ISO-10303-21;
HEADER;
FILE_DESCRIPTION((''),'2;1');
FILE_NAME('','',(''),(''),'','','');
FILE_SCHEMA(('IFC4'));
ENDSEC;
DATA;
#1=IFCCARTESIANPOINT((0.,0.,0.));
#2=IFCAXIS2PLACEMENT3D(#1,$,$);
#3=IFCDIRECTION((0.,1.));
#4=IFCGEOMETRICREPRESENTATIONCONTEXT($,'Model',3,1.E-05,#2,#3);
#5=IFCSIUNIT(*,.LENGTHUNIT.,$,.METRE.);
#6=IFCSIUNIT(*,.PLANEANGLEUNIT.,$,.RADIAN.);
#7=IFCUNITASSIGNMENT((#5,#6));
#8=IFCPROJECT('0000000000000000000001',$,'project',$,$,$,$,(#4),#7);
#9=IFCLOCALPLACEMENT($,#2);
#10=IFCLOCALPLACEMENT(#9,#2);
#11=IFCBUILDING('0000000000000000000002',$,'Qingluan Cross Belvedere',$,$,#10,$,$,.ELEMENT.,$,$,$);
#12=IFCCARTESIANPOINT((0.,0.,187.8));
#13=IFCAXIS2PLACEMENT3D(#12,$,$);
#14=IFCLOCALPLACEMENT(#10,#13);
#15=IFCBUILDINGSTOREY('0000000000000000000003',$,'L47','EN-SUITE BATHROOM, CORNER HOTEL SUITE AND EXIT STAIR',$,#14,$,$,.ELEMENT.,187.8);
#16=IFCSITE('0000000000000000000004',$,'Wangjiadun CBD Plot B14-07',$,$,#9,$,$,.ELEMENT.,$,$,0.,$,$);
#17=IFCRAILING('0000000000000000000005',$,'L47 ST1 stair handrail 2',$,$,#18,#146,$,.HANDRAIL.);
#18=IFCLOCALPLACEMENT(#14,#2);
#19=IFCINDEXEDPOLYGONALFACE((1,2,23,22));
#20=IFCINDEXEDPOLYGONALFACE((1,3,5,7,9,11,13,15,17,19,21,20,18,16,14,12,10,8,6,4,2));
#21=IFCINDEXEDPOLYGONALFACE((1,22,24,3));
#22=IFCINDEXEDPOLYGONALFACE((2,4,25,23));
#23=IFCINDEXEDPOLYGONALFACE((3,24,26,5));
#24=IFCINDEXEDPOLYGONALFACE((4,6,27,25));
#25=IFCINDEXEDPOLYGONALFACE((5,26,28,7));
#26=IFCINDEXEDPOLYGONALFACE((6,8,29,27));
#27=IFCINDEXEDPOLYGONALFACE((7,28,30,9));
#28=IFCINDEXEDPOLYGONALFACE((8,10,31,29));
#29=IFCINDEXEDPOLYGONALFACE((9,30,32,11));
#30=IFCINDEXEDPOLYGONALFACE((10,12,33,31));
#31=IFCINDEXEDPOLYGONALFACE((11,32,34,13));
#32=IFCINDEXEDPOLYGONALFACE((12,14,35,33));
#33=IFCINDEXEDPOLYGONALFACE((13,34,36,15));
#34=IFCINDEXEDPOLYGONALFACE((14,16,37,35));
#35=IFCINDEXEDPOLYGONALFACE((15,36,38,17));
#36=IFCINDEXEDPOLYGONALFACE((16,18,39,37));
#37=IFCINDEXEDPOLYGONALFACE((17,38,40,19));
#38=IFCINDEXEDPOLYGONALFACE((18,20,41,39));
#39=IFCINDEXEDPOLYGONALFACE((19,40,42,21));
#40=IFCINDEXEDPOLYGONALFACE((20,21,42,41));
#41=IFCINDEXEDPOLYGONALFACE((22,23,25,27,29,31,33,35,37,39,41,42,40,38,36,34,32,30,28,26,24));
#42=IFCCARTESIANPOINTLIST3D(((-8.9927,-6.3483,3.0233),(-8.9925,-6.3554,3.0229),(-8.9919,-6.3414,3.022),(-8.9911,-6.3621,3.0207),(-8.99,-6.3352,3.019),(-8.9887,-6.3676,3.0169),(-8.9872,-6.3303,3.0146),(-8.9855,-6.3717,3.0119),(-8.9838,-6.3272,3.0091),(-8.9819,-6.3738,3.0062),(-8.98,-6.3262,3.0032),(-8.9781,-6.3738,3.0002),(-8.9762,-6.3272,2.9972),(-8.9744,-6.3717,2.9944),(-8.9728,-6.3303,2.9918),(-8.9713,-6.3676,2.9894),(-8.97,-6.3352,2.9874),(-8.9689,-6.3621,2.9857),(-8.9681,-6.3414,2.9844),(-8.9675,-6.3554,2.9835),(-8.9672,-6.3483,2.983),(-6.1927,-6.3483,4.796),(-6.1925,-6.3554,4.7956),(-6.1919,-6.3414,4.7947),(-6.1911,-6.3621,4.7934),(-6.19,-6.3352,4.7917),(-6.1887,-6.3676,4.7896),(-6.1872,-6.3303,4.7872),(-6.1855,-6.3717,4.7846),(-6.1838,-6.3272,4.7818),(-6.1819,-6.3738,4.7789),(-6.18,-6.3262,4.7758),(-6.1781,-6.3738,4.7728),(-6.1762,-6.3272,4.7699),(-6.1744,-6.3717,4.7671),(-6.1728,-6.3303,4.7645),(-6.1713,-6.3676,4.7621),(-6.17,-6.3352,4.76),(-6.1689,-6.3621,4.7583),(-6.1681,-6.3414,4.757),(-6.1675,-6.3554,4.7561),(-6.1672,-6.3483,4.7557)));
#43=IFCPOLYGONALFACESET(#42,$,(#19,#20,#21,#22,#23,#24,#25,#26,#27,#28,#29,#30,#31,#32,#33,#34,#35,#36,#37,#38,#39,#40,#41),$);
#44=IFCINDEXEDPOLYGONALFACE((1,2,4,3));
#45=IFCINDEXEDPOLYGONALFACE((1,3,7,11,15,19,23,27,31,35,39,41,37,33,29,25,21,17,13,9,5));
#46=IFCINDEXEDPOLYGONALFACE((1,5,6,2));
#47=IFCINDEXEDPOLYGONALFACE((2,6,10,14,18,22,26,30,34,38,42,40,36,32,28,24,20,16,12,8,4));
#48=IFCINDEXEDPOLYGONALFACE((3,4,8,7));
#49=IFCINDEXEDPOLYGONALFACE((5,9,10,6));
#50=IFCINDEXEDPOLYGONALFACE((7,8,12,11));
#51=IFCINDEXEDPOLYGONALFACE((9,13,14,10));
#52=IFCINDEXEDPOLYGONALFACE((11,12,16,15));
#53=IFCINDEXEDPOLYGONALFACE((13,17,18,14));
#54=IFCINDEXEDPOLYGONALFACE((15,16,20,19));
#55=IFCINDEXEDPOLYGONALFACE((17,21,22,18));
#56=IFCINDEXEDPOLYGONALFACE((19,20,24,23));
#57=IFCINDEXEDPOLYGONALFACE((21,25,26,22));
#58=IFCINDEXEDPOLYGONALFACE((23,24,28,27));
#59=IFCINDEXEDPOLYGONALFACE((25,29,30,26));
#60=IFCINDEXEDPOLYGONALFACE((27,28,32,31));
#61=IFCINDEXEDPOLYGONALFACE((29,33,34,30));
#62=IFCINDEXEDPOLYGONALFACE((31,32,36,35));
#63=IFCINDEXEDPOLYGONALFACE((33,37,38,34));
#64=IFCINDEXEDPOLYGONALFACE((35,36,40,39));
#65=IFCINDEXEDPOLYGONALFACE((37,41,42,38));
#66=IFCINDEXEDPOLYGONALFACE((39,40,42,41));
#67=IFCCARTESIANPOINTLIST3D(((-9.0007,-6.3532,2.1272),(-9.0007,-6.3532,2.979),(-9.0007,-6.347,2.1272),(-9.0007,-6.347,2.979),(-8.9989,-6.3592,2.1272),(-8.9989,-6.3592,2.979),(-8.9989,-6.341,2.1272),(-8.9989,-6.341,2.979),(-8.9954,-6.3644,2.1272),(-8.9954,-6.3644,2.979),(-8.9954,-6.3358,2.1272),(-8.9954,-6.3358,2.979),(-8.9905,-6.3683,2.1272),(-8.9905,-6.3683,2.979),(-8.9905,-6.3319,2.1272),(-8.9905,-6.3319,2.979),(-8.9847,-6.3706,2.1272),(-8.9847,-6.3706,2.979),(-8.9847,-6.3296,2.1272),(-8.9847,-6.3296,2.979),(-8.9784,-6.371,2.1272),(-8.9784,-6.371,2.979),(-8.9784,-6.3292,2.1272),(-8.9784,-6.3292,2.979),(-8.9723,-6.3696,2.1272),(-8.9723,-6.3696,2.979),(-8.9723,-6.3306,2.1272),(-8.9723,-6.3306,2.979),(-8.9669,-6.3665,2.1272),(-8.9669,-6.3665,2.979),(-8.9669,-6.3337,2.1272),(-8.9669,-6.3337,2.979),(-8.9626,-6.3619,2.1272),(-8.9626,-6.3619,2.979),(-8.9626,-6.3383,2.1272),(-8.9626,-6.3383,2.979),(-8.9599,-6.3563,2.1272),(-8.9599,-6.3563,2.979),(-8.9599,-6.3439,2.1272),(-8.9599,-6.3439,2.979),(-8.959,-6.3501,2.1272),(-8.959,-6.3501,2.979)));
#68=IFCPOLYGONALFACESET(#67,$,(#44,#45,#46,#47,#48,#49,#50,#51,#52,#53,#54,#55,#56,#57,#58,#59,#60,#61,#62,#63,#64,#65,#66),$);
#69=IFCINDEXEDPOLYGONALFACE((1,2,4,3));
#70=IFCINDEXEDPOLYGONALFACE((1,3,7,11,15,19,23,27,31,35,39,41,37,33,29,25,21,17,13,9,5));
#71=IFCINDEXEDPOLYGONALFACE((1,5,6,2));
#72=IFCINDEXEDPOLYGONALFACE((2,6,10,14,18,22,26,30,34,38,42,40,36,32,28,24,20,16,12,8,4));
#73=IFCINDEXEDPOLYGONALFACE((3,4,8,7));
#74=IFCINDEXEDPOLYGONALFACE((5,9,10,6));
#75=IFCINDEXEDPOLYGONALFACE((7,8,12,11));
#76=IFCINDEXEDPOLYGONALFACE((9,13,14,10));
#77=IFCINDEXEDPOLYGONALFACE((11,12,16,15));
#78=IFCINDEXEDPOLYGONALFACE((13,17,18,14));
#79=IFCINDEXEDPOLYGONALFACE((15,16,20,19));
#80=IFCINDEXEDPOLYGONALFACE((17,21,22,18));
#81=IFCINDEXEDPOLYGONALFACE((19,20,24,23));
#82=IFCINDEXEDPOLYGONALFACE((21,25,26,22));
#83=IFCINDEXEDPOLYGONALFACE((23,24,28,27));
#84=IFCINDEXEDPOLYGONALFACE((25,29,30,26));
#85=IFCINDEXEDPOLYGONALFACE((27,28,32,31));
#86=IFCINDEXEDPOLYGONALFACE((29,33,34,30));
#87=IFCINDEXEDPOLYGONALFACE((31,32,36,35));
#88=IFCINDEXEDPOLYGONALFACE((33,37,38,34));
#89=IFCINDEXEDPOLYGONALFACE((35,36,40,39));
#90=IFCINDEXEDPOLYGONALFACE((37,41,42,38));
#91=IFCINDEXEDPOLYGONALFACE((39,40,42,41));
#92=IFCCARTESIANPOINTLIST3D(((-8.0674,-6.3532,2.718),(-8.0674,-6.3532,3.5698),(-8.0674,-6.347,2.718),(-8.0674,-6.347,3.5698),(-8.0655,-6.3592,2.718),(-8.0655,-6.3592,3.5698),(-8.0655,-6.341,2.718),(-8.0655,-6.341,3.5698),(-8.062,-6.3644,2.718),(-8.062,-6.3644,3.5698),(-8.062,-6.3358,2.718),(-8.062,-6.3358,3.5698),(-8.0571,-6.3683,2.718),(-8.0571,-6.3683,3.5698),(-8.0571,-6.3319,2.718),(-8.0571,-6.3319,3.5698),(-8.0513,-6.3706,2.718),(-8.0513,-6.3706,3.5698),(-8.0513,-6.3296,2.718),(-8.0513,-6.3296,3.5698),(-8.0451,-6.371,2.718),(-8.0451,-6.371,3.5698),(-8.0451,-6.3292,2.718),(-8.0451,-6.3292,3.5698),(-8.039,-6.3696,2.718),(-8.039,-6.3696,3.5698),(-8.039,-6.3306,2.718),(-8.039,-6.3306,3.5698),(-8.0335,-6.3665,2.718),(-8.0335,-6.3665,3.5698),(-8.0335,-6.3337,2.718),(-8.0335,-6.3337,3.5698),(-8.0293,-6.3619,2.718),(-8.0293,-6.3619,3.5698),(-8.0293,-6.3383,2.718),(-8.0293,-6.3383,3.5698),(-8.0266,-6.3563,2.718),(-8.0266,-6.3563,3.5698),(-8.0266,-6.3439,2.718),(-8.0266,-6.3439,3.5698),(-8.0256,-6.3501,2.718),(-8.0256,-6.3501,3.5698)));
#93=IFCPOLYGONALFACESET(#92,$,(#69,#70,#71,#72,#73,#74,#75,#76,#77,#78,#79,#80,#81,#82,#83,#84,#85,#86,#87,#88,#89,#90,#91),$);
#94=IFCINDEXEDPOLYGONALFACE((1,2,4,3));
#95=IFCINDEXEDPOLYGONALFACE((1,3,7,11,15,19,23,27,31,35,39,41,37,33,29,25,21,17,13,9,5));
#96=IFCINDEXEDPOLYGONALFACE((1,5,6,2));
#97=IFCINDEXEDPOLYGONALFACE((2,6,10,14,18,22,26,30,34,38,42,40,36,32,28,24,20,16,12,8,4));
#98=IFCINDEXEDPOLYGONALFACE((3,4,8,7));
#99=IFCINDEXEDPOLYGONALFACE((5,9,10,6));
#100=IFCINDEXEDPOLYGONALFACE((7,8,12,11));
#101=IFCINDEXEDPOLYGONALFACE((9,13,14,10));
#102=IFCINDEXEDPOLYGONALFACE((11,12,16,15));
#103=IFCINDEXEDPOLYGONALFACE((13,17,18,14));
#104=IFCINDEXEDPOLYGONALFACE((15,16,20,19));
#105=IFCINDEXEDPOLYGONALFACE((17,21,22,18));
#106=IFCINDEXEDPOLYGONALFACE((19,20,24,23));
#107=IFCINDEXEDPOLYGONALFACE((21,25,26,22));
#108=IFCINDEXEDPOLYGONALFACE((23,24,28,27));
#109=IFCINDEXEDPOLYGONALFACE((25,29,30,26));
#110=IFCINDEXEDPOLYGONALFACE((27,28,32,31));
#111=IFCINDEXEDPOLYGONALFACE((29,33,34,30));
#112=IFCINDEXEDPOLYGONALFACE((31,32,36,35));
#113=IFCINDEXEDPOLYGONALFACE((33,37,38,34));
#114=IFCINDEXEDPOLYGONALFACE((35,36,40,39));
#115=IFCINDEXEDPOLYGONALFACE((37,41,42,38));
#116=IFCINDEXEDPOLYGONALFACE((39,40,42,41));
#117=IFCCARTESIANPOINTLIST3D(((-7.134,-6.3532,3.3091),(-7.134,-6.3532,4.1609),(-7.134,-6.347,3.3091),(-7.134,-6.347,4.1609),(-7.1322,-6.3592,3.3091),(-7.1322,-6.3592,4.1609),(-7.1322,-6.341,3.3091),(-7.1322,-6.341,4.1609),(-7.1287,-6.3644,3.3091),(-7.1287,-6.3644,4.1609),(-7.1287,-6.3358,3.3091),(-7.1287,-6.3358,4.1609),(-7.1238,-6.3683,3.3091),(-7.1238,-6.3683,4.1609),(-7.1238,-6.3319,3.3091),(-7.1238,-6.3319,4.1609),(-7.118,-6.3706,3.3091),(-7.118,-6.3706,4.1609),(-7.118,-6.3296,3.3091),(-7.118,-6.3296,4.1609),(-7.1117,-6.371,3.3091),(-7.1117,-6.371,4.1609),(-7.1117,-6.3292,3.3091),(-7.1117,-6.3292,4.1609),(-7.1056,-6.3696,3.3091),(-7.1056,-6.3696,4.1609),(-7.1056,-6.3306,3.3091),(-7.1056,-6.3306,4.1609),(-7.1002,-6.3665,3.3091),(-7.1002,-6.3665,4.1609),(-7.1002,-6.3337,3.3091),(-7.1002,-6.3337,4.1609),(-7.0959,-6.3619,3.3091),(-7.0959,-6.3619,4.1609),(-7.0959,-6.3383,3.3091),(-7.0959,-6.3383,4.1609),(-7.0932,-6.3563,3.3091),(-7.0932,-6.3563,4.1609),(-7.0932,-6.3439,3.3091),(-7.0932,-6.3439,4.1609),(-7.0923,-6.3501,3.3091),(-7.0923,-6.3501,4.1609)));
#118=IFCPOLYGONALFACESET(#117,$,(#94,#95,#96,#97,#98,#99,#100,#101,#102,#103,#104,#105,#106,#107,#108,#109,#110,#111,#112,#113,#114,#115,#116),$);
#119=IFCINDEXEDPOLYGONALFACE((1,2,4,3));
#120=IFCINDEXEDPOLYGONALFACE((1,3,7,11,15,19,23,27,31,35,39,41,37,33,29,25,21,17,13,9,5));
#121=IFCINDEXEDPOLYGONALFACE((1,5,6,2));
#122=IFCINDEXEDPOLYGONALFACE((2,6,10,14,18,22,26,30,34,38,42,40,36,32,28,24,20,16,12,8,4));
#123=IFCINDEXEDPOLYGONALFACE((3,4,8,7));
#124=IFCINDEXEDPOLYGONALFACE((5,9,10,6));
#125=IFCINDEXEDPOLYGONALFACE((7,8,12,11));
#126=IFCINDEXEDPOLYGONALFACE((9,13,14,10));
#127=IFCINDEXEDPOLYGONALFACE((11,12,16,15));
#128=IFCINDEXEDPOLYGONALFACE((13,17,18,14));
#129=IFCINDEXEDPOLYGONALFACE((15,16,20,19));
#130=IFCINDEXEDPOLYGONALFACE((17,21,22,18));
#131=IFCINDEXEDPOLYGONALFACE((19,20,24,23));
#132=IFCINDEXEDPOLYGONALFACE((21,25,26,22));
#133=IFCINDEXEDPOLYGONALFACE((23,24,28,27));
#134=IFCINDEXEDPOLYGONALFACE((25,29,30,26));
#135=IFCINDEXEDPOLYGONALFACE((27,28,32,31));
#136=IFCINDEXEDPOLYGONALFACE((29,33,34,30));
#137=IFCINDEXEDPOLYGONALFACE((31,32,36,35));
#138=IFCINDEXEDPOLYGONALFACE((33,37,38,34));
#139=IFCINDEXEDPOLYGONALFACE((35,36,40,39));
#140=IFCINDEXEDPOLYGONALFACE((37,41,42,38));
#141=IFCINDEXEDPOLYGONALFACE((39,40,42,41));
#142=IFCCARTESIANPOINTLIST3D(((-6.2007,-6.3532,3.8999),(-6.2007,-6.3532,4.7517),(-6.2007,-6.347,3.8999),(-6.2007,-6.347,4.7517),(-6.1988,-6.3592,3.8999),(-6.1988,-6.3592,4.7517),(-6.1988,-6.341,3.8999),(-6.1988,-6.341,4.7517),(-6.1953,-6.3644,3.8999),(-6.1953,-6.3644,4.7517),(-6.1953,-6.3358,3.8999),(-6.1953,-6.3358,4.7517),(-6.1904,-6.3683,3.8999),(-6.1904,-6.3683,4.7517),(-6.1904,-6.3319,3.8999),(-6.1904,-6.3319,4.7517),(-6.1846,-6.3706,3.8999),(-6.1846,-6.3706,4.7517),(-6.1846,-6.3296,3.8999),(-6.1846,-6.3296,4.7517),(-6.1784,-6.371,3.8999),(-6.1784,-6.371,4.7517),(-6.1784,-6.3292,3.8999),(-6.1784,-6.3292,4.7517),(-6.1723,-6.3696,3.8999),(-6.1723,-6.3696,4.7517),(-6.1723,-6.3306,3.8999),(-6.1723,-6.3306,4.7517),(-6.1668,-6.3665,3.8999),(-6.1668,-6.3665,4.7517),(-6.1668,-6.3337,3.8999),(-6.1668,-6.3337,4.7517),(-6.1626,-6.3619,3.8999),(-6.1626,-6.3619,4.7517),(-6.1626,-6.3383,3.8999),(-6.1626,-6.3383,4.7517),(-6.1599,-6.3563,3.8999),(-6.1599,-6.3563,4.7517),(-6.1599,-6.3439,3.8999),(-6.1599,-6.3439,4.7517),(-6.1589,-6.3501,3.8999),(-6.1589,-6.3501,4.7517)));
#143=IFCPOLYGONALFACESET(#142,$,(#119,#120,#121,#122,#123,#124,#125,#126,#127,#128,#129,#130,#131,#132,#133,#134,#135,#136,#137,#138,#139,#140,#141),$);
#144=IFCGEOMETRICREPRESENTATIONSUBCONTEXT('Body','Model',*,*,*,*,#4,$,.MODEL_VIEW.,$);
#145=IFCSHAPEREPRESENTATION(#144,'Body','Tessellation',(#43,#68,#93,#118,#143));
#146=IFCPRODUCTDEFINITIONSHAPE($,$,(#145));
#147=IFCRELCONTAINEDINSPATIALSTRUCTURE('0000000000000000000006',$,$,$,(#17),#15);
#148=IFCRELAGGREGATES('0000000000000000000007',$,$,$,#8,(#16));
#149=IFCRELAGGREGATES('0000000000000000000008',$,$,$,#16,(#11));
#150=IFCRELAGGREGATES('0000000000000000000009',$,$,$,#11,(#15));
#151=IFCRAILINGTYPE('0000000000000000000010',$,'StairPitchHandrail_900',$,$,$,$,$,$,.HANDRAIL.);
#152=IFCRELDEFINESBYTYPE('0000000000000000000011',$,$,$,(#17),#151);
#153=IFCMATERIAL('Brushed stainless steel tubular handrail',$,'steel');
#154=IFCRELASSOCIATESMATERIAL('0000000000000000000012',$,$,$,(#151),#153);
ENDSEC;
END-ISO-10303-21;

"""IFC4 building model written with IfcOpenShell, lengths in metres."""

from ifc_helpers import new_model, si_unit, direction, frame, origin, origin_2d, place, context, subcontext, project, spatial, circle, extrude, material, type_object, element, save


model = new_model("IFC4")

# Units and contexts
model_context = context("Model", 3, precision=1e-05, world=origin(), true_north=direction((0.0, 1.0)))
body_context = subcontext(model_context, "Body", "Model", "MODEL_VIEW")
ifc_project = project(units=[si_unit("LENGTHUNIT", "METRE"), si_unit("PLANEANGLEUNIT", "RADIAN")], contexts=[model_context])

# Site, building, storey
site_placement = place(None, origin())
site = spatial("IfcSite", under=ifc_project, at=site_placement, Name="Wangjiadun CBD Plot B14-07", CompositionType="ELEMENT", RefElevation=0.0)
building_placement = place(site_placement, origin())
building = spatial("IfcBuilding", under=site, at=building_placement, Name="Qingluan Cross Belvedere", CompositionType="ELEMENT")
storey_placement = place(building_placement, frame((0.0, 0.0, 187.8)))
storey = spatial("IfcBuildingStorey", under=building, at=storey_placement, Name="L47", Description="EN-SUITE BATHROOM, CORNER HOTEL SUITE AND EXIT STAIR", CompositionType="ELEMENT", Elevation=187.8)

# Railing
ifc_material_1 = material(Name="Brushed stainless steel tubular handrail", Category="steel")
railing_type_1 = type_object("IfcRailingType", Name="StairPitchHandrail_900", PredefinedType="HANDRAIL", material=ifc_material_1)
railing_1_placement = place(storey_placement, frame((-8.98, -6.3501, 2.1272)))
element("IfcRailing", 1, at=railing_1_placement, inside=storey, type_object=railing_type_1, Name="L47 ST1 stair handrail 2", PredefinedType="HANDRAIL", context=body_context, shape_type="SweptSolid", body=[
    extrude(circle(Radius=0.0239, at=origin_2d()), frame((0.0, 0.0, 0.876), z_axis=(0.844909, 0.0, 0.53491), x_axis=(0.0, 1.0, 0.0)), (0.0, 0.0, 1.0), 3.314),
    extrude(circle(Radius=0.021, at=origin_2d()), origin(), (0.0, 0.0, 1.0), 0.8518),
    extrude(circle(Radius=0.021, at=origin_2d()), frame((0.9333, 0.0, 0.5908)), (0.0, 0.0, 1.0), 0.8518),
    extrude(circle(Radius=0.021, at=origin_2d()), frame((1.8667, 0.0, 1.1819)), (0.0, 0.0, 1.0), 0.8518),
    extrude(circle(Radius=0.021, at=origin_2d()), frame((2.8, 0.0, 1.7727)), (0.0, 0.0, 1.0), 0.8518),
])

save(model, "model.ifc")
